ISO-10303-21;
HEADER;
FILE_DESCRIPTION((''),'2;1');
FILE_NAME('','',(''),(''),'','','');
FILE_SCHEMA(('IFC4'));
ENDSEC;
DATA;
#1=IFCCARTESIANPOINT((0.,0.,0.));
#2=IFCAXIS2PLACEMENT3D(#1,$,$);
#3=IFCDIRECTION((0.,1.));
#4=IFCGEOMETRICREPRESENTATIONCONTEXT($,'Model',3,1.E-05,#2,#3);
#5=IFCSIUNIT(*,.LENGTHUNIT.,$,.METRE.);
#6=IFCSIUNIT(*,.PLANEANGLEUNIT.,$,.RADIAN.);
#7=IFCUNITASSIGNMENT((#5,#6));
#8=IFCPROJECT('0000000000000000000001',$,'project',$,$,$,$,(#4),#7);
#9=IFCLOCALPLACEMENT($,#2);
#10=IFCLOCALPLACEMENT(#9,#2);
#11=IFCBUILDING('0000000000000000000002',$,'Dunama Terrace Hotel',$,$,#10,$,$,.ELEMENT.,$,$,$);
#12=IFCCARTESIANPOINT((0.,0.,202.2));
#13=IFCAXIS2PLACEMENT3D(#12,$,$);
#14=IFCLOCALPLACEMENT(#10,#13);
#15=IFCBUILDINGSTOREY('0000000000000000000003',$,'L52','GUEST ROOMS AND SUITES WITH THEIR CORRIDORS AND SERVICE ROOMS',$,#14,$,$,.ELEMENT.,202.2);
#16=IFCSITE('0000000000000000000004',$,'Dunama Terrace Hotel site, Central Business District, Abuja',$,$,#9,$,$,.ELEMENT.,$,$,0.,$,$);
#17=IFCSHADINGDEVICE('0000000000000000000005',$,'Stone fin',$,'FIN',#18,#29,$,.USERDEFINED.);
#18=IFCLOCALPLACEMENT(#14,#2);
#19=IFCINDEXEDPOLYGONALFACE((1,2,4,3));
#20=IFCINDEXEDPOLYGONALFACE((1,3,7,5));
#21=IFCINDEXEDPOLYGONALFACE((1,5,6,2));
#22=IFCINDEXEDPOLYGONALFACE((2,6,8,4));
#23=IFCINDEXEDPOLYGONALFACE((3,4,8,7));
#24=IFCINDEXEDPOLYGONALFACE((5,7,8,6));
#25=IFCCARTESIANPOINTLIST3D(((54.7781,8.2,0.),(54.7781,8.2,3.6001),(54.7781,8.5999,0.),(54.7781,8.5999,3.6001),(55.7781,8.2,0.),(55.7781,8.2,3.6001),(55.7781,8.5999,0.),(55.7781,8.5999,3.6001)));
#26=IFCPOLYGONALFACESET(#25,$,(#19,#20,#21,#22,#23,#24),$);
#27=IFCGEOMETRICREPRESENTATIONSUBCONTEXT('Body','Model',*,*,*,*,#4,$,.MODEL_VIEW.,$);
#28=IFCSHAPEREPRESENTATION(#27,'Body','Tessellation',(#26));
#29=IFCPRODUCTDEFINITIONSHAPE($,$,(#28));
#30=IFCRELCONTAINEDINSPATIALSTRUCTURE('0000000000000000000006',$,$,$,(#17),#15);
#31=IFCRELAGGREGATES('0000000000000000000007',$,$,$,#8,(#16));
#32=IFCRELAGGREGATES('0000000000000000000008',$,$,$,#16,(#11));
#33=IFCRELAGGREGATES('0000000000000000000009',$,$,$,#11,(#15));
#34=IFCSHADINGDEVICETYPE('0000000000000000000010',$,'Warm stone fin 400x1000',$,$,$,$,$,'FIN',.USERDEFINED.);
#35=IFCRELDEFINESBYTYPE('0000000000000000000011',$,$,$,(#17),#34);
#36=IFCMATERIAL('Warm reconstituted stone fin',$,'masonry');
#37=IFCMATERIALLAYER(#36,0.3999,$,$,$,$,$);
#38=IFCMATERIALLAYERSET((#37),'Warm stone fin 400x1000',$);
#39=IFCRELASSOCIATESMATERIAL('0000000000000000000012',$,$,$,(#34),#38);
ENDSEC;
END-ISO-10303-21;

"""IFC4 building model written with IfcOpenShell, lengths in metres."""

from ifc_helpers import new_model, si_unit, direction, frame, origin, origin_2d, place, context, subcontext, project, spatial, rectangle, extrude, material, layer, layer_set, type_object, element, save


model = new_model("IFC4")

# Units and contexts
model_context = context("Model", 3, precision=1e-05, world=origin(), true_north=direction((0.0, 1.0)))
body_context = subcontext(model_context, "Body", "Model", "MODEL_VIEW")
ifc_project = project(units=[si_unit("LENGTHUNIT", "METRE"), si_unit("PLANEANGLEUNIT", "RADIAN")], contexts=[model_context])

# Site, building, storey
site_placement = place(None, origin())
site = spatial("IfcSite", under=ifc_project, at=site_placement, Name="Dunama Terrace Hotel site, Central Business District, Abuja", CompositionType="ELEMENT", RefElevation=0.0)
building_placement = place(site_placement, origin())
building = spatial("IfcBuilding", under=site, at=building_placement, Name="Dunama Terrace Hotel", CompositionType="ELEMENT")
storey_placement = place(building_placement, frame((0.0, 0.0, 202.2)))
storey = spatial("IfcBuildingStorey", under=building, at=storey_placement, Name="L52", Description="GUEST ROOMS AND SUITES WITH THEIR CORRIDORS AND SERVICE ROOMS", CompositionType="ELEMENT", Elevation=202.2)

# Shading device
ifc_material_1 = material(Name="Warm reconstituted stone fin", Category="masonry")
ifc_layer_1 = layer(ifc_material_1, 0.3999)
ifc_layer_set_1 = layer_set([ifc_layer_1], Name="Warm stone fin 400x1000")
shading_device_type = type_object("IfcShadingDeviceType", Name="Warm stone fin 400x1000", ElementType="FIN", PredefinedType="USERDEFINED", material=ifc_layer_set_1)
for number, where, z_axis, x_axis, name in (
    (1, (55.2781, 8.3999, 0.0), (0.0, 0.0, 1.0), (0.0, 1.0, 0.0), "Stone fin"),
):
    element("IfcShadingDevice", number, at=place(storey_placement, frame(where, z_axis=z_axis, x_axis=x_axis)), inside=storey, type_object=shading_device_type, Name=name, ObjectType="FIN", PredefinedType="USERDEFINED", context=body_context, shape_type="SweptSolid", body=[
        extrude(rectangle(XDim=0.3999, YDim=1.0, at=origin_2d()), origin(), (0.0, 0.0, 1.0), 3.6001),
    ])

save(model, "model.ifc")
